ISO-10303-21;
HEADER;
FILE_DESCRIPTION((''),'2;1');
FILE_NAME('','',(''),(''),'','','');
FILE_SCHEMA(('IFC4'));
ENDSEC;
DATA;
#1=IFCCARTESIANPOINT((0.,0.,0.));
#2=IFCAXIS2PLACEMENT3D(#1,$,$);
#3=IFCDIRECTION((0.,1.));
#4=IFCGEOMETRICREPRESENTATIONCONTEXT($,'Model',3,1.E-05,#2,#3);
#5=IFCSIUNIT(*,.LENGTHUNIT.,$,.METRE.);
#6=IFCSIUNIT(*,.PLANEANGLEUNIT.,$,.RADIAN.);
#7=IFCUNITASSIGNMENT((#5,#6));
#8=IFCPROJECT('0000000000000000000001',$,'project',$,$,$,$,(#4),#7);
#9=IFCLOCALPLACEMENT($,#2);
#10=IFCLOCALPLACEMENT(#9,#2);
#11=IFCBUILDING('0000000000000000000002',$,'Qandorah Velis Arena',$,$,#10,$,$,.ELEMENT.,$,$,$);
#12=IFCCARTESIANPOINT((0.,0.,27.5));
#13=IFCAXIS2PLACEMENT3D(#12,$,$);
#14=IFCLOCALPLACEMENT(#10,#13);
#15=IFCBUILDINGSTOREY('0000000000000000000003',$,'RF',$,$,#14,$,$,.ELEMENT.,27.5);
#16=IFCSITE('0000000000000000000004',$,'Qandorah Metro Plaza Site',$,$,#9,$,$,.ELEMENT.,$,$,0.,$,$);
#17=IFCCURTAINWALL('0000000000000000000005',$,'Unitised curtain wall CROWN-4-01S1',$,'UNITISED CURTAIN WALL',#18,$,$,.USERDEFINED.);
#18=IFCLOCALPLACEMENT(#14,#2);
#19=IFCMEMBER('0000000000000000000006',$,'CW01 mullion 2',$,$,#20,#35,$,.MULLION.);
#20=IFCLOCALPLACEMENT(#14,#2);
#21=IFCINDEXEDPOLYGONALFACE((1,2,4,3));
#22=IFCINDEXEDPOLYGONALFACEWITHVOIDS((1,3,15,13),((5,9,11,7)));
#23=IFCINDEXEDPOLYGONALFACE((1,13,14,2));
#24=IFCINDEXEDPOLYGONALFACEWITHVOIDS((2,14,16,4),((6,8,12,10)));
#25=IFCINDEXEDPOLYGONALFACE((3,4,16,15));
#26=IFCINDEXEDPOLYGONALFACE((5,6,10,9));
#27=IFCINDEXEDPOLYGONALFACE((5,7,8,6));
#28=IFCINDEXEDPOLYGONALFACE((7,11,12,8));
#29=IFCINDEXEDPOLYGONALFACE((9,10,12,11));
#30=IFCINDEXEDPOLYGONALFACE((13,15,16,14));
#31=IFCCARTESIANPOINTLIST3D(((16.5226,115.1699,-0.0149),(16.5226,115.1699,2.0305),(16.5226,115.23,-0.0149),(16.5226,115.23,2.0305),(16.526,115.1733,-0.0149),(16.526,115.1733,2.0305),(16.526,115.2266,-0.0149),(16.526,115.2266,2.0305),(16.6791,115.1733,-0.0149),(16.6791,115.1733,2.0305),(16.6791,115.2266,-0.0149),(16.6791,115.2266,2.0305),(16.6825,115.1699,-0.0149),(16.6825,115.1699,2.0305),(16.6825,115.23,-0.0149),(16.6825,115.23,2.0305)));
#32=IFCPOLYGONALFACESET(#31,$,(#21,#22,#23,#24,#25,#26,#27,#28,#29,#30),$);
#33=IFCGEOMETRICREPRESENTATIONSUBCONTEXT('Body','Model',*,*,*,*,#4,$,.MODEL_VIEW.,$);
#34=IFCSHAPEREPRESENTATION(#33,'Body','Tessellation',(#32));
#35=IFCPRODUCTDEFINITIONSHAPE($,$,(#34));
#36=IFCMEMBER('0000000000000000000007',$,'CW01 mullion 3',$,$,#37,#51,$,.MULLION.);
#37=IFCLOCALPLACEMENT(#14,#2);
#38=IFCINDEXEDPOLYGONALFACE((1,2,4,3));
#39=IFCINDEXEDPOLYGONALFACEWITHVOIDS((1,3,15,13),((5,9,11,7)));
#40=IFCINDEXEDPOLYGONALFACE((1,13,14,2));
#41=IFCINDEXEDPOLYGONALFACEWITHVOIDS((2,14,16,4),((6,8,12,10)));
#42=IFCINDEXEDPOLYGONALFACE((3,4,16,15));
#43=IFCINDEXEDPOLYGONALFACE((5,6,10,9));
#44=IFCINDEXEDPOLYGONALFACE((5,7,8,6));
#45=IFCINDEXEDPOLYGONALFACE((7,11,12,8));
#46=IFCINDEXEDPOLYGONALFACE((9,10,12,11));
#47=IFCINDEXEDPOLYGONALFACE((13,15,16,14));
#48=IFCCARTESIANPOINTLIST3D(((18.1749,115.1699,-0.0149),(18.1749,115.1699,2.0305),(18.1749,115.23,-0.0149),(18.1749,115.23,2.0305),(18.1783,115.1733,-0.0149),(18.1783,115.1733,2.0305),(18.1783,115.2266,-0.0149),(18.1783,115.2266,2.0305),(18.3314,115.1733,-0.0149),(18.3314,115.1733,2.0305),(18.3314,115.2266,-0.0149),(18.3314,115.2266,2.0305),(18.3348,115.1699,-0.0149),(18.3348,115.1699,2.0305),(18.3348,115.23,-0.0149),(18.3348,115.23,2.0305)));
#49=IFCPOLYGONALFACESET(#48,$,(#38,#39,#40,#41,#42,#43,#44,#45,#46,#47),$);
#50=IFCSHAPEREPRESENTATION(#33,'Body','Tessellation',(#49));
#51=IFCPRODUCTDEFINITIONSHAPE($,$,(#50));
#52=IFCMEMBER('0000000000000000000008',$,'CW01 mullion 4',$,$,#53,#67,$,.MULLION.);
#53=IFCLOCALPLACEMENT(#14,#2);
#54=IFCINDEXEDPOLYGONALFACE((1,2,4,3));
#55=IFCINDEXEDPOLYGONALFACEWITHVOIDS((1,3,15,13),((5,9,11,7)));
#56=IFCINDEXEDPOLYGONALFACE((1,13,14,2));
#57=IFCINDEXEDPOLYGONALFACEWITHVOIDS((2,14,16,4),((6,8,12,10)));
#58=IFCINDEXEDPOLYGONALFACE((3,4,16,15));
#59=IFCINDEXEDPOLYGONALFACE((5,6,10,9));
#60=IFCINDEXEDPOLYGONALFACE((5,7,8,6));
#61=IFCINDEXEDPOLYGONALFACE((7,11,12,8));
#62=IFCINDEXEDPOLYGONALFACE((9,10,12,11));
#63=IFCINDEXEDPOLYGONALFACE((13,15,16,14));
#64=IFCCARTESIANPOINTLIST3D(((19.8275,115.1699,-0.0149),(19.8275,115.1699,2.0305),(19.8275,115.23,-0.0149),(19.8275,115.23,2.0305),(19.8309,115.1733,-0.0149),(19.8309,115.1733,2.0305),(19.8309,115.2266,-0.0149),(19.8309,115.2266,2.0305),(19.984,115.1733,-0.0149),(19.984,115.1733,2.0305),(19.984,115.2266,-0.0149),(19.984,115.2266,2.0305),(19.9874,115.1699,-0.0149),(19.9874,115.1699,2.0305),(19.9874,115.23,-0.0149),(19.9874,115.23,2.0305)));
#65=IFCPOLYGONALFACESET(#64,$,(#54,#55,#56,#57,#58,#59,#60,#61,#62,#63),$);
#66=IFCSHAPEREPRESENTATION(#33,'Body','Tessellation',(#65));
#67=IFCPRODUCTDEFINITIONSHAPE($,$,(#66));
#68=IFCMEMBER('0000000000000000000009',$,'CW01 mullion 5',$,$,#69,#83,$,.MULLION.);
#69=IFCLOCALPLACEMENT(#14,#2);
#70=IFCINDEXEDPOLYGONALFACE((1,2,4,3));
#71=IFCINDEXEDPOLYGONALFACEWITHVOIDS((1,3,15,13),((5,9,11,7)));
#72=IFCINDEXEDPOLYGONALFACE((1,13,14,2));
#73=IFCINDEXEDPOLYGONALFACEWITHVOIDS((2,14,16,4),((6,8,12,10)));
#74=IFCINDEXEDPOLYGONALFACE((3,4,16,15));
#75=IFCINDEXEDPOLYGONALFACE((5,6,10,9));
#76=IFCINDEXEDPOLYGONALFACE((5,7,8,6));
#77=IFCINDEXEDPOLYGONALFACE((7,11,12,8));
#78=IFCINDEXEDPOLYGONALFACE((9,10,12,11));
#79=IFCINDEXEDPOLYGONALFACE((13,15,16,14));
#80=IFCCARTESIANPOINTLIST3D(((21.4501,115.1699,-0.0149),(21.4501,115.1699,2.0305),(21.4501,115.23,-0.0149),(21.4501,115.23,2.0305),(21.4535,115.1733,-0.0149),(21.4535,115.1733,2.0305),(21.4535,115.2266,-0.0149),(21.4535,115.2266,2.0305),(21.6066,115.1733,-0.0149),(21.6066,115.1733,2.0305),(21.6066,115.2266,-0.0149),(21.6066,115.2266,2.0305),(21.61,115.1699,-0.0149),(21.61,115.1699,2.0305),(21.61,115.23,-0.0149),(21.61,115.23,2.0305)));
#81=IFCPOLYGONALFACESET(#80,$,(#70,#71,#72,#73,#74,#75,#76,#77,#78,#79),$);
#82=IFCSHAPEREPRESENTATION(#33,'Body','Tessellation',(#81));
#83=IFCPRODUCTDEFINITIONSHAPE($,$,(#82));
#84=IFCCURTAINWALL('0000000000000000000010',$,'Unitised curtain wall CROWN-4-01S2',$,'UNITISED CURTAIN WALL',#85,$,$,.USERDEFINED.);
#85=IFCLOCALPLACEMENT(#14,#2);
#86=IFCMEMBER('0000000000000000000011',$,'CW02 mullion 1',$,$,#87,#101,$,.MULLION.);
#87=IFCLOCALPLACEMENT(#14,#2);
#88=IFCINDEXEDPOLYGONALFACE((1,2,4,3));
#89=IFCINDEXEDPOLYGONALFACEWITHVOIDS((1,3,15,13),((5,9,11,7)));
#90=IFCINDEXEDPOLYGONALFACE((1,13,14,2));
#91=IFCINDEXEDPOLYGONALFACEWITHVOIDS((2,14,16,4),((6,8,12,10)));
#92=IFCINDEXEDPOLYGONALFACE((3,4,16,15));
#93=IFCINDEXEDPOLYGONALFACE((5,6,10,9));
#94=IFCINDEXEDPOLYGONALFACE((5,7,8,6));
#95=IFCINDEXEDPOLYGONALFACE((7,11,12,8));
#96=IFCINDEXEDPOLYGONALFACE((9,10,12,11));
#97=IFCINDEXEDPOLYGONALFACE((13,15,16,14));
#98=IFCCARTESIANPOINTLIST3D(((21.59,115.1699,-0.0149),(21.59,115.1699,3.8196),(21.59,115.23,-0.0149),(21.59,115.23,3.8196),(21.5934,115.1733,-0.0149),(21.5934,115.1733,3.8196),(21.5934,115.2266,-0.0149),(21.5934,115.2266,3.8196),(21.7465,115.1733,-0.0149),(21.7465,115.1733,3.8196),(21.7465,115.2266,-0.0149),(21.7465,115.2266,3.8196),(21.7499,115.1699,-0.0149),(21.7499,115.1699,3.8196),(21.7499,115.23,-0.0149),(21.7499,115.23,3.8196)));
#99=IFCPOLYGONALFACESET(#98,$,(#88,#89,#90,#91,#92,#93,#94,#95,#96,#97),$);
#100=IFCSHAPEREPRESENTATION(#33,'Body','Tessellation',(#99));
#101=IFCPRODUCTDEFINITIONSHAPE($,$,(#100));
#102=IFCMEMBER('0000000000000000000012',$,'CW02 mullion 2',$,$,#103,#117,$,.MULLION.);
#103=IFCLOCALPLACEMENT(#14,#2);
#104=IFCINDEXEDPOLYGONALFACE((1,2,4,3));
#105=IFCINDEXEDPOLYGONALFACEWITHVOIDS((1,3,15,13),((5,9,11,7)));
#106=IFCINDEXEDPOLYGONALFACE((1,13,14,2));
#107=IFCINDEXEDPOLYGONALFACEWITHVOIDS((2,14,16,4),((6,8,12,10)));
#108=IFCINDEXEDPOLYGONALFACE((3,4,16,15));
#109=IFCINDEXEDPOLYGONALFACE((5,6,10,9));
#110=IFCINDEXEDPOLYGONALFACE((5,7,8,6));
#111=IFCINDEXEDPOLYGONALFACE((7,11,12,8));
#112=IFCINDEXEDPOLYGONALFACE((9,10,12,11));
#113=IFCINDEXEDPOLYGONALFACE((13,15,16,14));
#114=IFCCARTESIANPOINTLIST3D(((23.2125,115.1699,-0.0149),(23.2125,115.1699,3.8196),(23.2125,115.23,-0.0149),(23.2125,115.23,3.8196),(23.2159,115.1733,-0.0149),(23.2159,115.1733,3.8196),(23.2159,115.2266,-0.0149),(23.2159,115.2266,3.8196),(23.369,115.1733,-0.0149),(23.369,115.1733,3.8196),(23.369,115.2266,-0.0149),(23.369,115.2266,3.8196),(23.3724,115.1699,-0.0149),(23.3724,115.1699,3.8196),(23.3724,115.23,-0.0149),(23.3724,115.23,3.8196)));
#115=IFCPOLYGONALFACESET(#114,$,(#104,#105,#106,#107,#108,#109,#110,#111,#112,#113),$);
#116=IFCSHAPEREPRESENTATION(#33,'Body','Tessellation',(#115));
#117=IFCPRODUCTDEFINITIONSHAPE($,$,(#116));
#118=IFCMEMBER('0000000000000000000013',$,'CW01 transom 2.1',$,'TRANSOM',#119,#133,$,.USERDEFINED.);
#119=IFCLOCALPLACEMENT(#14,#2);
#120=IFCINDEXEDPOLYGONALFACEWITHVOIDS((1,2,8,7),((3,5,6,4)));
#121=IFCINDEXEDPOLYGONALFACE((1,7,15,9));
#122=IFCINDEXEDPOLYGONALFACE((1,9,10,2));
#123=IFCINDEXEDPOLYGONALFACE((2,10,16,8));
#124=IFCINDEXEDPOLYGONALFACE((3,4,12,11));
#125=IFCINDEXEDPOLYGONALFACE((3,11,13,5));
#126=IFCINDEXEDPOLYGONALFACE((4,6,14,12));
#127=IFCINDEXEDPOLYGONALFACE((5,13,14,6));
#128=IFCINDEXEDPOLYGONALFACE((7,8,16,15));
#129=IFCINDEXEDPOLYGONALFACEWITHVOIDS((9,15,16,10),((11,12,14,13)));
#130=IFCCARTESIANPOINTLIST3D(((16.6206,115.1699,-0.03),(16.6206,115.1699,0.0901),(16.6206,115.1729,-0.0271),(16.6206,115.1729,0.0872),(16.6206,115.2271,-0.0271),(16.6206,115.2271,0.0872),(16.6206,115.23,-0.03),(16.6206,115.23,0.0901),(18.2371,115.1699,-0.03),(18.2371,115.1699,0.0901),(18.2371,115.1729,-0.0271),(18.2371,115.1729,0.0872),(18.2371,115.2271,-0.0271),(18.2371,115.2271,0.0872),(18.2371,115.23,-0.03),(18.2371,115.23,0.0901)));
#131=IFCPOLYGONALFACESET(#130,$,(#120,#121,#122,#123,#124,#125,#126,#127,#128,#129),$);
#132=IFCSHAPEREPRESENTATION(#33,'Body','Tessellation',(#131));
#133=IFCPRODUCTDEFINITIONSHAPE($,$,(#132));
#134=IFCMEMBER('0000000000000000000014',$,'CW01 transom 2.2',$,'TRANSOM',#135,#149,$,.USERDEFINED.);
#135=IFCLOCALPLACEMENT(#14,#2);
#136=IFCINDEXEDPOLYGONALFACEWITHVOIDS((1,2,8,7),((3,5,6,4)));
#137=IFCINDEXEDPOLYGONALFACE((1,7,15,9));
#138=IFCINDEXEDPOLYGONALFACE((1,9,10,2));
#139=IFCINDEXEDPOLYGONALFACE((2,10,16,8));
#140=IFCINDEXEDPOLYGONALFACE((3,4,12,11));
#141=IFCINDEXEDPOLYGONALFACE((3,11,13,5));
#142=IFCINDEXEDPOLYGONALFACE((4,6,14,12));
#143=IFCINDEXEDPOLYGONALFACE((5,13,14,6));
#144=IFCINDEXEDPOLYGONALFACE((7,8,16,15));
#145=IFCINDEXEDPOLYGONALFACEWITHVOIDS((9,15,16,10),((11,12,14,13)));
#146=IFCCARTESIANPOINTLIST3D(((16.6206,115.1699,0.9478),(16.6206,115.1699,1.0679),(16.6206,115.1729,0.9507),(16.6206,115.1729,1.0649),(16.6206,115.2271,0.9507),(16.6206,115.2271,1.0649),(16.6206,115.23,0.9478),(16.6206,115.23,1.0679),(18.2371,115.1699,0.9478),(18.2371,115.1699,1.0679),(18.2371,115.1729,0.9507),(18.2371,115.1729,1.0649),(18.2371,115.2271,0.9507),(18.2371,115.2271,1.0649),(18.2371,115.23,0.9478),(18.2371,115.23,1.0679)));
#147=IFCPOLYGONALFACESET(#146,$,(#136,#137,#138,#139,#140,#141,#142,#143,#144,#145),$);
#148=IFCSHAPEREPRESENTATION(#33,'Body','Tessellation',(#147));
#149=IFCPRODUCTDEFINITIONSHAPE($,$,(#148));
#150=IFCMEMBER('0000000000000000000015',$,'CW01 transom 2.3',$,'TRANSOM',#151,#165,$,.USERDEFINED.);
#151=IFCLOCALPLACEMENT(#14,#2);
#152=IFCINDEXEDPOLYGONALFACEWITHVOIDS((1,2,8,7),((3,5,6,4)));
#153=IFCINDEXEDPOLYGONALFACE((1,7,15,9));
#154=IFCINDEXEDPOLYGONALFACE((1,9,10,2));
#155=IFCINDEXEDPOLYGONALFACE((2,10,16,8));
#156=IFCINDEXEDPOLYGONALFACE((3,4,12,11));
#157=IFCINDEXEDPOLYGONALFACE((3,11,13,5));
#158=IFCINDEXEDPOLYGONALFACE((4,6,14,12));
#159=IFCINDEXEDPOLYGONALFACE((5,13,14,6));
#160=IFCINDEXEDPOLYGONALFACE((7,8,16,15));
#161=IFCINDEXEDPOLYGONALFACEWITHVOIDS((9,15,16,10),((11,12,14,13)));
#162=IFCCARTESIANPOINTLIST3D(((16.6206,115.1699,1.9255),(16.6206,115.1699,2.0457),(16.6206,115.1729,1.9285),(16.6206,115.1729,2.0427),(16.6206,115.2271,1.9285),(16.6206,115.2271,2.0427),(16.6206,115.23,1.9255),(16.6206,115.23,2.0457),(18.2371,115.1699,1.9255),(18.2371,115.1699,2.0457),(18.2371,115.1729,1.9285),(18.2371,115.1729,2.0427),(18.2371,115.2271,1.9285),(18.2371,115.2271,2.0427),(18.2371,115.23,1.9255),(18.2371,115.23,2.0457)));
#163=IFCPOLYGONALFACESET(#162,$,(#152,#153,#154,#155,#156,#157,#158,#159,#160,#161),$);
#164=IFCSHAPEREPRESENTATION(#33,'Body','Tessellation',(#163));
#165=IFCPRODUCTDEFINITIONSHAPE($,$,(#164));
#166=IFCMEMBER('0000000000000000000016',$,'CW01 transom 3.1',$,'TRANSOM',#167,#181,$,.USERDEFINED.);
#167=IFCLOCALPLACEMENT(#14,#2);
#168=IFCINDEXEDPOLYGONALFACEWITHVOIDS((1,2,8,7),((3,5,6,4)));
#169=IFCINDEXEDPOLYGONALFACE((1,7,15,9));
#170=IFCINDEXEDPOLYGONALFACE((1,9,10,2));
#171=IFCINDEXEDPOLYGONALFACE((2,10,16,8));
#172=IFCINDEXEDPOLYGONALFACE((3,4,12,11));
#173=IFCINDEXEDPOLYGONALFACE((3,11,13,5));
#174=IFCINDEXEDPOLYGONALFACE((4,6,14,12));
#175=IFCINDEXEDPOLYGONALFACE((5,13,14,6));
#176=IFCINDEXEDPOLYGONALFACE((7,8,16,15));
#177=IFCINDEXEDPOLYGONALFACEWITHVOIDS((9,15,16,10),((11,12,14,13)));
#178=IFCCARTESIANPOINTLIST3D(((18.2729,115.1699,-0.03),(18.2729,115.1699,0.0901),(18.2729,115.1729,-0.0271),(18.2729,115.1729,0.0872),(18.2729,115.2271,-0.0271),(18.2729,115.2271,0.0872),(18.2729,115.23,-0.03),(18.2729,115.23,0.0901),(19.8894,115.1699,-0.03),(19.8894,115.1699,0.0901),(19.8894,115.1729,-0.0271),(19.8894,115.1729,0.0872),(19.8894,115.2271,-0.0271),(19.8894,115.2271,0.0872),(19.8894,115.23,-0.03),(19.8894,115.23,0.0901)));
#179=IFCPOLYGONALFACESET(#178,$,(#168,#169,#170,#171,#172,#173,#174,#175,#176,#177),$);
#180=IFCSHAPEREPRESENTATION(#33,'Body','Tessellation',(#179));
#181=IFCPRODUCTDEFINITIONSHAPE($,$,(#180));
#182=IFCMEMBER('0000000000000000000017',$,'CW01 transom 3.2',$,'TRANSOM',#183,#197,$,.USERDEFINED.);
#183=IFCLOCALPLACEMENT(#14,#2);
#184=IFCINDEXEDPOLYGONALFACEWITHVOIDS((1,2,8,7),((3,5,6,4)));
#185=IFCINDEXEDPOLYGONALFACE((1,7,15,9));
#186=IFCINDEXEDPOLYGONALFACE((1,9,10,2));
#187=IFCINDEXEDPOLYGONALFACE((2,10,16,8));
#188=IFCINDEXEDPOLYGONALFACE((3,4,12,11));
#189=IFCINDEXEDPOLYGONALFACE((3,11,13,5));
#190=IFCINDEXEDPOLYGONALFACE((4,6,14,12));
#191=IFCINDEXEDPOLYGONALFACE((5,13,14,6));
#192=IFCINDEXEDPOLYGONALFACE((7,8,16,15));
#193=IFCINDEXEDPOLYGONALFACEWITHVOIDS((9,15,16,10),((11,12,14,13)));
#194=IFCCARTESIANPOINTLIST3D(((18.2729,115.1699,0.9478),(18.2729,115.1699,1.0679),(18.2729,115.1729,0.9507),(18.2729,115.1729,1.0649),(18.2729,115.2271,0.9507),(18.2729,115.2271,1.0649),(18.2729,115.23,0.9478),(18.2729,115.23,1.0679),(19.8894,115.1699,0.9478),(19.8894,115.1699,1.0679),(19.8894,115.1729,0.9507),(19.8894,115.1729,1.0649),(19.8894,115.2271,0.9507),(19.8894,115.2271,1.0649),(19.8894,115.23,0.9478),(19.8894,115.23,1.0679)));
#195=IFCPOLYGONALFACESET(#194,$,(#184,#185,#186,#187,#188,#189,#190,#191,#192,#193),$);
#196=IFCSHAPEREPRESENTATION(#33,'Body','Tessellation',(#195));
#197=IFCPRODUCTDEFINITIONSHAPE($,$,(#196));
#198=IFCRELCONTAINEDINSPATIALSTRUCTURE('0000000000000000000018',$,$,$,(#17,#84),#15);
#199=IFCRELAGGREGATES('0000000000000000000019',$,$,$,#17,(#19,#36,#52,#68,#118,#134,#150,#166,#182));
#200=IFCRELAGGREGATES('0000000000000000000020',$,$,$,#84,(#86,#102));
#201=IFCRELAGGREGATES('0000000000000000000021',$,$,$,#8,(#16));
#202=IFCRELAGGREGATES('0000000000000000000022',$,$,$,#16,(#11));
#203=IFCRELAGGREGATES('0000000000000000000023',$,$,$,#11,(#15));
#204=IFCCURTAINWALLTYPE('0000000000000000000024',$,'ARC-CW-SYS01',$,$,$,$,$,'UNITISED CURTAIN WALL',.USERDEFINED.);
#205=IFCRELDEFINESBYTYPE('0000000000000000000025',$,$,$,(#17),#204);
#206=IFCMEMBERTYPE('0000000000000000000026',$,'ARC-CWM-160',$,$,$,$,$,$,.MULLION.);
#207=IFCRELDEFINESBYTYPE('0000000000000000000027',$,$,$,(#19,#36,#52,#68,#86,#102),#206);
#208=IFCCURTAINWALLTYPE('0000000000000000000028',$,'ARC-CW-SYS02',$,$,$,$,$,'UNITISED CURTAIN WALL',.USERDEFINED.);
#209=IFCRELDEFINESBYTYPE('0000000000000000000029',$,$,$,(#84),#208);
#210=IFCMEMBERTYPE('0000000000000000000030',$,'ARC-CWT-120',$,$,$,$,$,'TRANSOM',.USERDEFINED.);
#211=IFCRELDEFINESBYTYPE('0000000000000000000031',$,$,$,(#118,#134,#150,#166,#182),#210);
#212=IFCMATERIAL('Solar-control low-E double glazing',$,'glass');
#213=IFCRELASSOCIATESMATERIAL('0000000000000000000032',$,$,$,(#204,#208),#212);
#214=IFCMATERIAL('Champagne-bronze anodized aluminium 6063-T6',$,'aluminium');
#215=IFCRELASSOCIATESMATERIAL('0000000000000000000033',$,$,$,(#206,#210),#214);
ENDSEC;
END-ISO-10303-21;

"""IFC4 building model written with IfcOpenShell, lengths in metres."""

from ifc_helpers import new_model, si_unit, direction, frame, origin, origin_2d, place, context, subcontext, project, spatial, hollow_rectangle, extrude, material, material_profile, profile_set, type_object, element, aggregate, save


model = new_model("IFC4")

# Units and contexts
model_context = context("Model", 3, precision=1e-05, world=origin(), true_north=direction((0.0, 1.0)))
body_context = subcontext(model_context, "Body", "Model", "MODEL_VIEW")
ifc_project = project(units=[si_unit("LENGTHUNIT", "METRE"), si_unit("PLANEANGLEUNIT", "RADIAN")], contexts=[model_context])

# Site, building, storey
site_placement = place(None, origin())
site = spatial("IfcSite", under=ifc_project, at=site_placement, Name="Qandorah Metro Plaza Site", CompositionType="ELEMENT", RefElevation=0.0)
building_placement = place(site_placement, origin())
building = spatial("IfcBuilding", under=site, at=building_placement, Name="Qandorah Velis Arena", CompositionType="ELEMENT")
storey_placement = place(building_placement, frame((0.0, 0.0, 27.5)))
storey = spatial("IfcBuildingStorey", under=building, at=storey_placement, Name="RF", CompositionType="ELEMENT", Elevation=27.5)

# Curtain walls, members
ifc_material_1 = material(Name="Solar-control low-E double glazing", Category="glass")
curtain_wall_type_1 = type_object("IfcCurtainWallType", Name="ARC-CW-SYS01", ElementType="UNITISED CURTAIN WALL", PredefinedType="USERDEFINED", material=ifc_material_1)
curtain_wall_1_placement = place(storey_placement, origin())
curtain_wall_1 = element("IfcCurtainWall", 1, at=curtain_wall_1_placement, inside=storey, type_object=curtain_wall_type_1, Name="Unitised curtain wall CROWN-4-01S1", ObjectType="UNITISED CURTAIN WALL", PredefinedType="USERDEFINED")
ifc_material_2 = material(Name="Champagne-bronze anodized aluminium 6063-T6", Category="aluminium")
ifc_material_profile_1 = material_profile(ifc_material_2, hollow_rectangle(XDim=0.0601, YDim=0.1599, WallThickness=0.0034, at=origin_2d()), Name="ALU MULLION 60x160")
ifc_profile_set_1 = profile_set([ifc_material_profile_1], Name="Champagne-bronze anodized aluminium 6063-T6")
member_type_1 = type_object("IfcMemberType", Name="ARC-CWM-160", PredefinedType="MULLION", material=ifc_profile_set_1)
member_1_placement = place(storey_placement, frame((16.6025, 115.2, -0.0149), z_axis=(0.0, 0.0, 1.0), x_axis=(0.0, 1.0, 0.0)))
member_1 = element("IfcMember", 2, at=member_1_placement, type_object=member_type_1, Name="CW01 mullion 2", PredefinedType="MULLION", context=body_context, shape_type="SweptSolid", body=[
    extrude(hollow_rectangle(XDim=0.0601, YDim=0.1599, WallThickness=0.0034, at=origin_2d()), origin(), (0.0, 0.0, 1.0), 2.0454),
])
member_2_placement = place(storey_placement, frame((18.2549, 115.2, -0.0149), z_axis=(0.0, 0.0, 1.0), x_axis=(0.0, 1.0, 0.0)))
member_2 = element("IfcMember", 3, at=member_2_placement, type_object=member_type_1, Name="CW01 mullion 3", PredefinedType="MULLION", context=body_context, shape_type="SweptSolid", body=[
    extrude(hollow_rectangle(XDim=0.0601, YDim=0.1599, WallThickness=0.0034, at=origin_2d()), origin(), (0.0, 0.0, 1.0), 2.0454),
])
member_3_placement = place(storey_placement, frame((19.9075, 115.2, -0.0149), z_axis=(0.0, 0.0, 1.0), x_axis=(0.0, 1.0, 0.0)))
member_3 = element("IfcMember", 4, at=member_3_placement, type_object=member_type_1, Name="CW01 mullion 4", PredefinedType="MULLION", context=body_context, shape_type="SweptSolid", body=[
    extrude(hollow_rectangle(XDim=0.0601, YDim=0.1599, WallThickness=0.0034, at=origin_2d()), origin(), (0.0, 0.0, 1.0), 2.0454),
])
member_4_placement = place(storey_placement, frame((21.53, 115.2, -0.0149), z_axis=(0.0, 0.0, 1.0), x_axis=(0.0, 1.0, 0.0)))
member_4 = element("IfcMember", 5, at=member_4_placement, type_object=member_type_1, Name="CW01 mullion 5", PredefinedType="MULLION", context=body_context, shape_type="SweptSolid", body=[
    extrude(hollow_rectangle(XDim=0.0601, YDim=0.1599, WallThickness=0.0034, at=origin_2d()), origin(), (0.0, 0.0, 1.0), 2.0454),
])
curtain_wall_type_2 = type_object("IfcCurtainWallType", Name="ARC-CW-SYS02", ElementType="UNITISED CURTAIN WALL", PredefinedType="USERDEFINED", material=ifc_material_1)
curtain_wall_2_placement = place(storey_placement, origin())
curtain_wall_2 = element("IfcCurtainWall", 6, at=curtain_wall_2_placement, inside=storey, type_object=curtain_wall_type_2, Name="Unitised curtain wall CROWN-4-01S2", ObjectType="UNITISED CURTAIN WALL", PredefinedType="USERDEFINED")
member_5_placement = place(storey_placement, frame((21.6699, 115.2, -0.0149), z_axis=(0.0, 0.0, 1.0), x_axis=(0.0, 1.0, 0.0)))
member_5 = element("IfcMember", 7, at=member_5_placement, type_object=member_type_1, Name="CW02 mullion 1", PredefinedType="MULLION", context=body_context, shape_type="SweptSolid", body=[
    extrude(hollow_rectangle(XDim=0.0601, YDim=0.1599, WallThickness=0.0034, at=origin_2d()), origin(), (0.0, 0.0, 1.0), 3.8345),
])
member_6_placement = place(storey_placement, frame((23.2925, 115.2, -0.0149), z_axis=(0.0, 0.0, 1.0), x_axis=(0.0, 1.0, 0.0)))
member_6 = element("IfcMember", 8, at=member_6_placement, type_object=member_type_1, Name="CW02 mullion 2", PredefinedType="MULLION", context=body_context, shape_type="SweptSolid", body=[
    extrude(hollow_rectangle(XDim=0.0601, YDim=0.1599, WallThickness=0.0034, at=origin_2d()), origin(), (0.0, 0.0, 1.0), 3.8345),
])

# Members
ifc_material_profile_2 = material_profile(ifc_material_2, hollow_rectangle(XDim=0.0601, YDim=0.1201, WallThickness=0.0029, at=origin_2d()), Name="ALU TRANSOM 60x120")
ifc_profile_set_2 = profile_set([ifc_material_profile_2], Name="Champagne-bronze anodized aluminium 6063-T6")
member_type_2 = type_object("IfcMemberType", Name="ARC-CWT-120", ElementType="TRANSOM", PredefinedType="USERDEFINED", material=ifc_profile_set_2)
member_7_placement = place(storey_placement, frame((16.6206, 115.2, 0.03), z_axis=(1.0, 0.0, 0.0), x_axis=(0.0, 1.0, 0.0)))
member_7 = element("IfcMember", 9, at=member_7_placement, type_object=member_type_2, Name="CW01 transom 2.1", ObjectType="TRANSOM", PredefinedType="USERDEFINED", context=body_context, shape_type="SweptSolid", body=[
    extrude(hollow_rectangle(XDim=0.0601, YDim=0.1201, WallThickness=0.0029, at=origin_2d()), origin(), (0.0, 0.0, 1.0), 1.6165),
])
member_8_placement = place(storey_placement, frame((16.6206, 115.2, 1.0078), z_axis=(1.0, 0.0, 0.0), x_axis=(0.0, 1.0, 0.0)))
member_8 = element("IfcMember", 10, at=member_8_placement, type_object=member_type_2, Name="CW01 transom 2.2", ObjectType="TRANSOM", PredefinedType="USERDEFINED", context=body_context, shape_type="SweptSolid", body=[
    extrude(hollow_rectangle(XDim=0.0601, YDim=0.1201, WallThickness=0.0029, at=origin_2d()), origin(), (0.0, 0.0, 1.0), 1.6165),
])
member_9_placement = place(storey_placement, frame((16.6206, 115.2, 1.9856), z_axis=(1.0, 0.0, 0.0), x_axis=(0.0, 1.0, 0.0)))
member_9 = element("IfcMember", 11, at=member_9_placement, type_object=member_type_2, Name="CW01 transom 2.3", ObjectType="TRANSOM", PredefinedType="USERDEFINED", context=body_context, shape_type="SweptSolid", body=[
    extrude(hollow_rectangle(XDim=0.0601, YDim=0.1201, WallThickness=0.0029, at=origin_2d()), origin(), (0.0, 0.0, 1.0), 1.6165),
])
member_10_placement = place(storey_placement, frame((18.2729, 115.2, 0.03), z_axis=(1.0, 0.0, 0.0), x_axis=(0.0, 1.0, 0.0)))
member_10 = element("IfcMember", 12, at=member_10_placement, type_object=member_type_2, Name="CW01 transom 3.1", ObjectType="TRANSOM", PredefinedType="USERDEFINED", context=body_context, shape_type="SweptSolid", body=[
    extrude(hollow_rectangle(XDim=0.0601, YDim=0.1201, WallThickness=0.0029, at=origin_2d()), origin(), (0.0, 0.0, 1.0), 1.6165),
])
member_11_placement = place(storey_placement, frame((18.2729, 115.2, 1.0078), z_axis=(1.0, 0.0, 0.0), x_axis=(0.0, 1.0, 0.0)))
member_11 = element("IfcMember", 13, at=member_11_placement, type_object=member_type_2, Name="CW01 transom 3.2", ObjectType="TRANSOM", PredefinedType="USERDEFINED", context=body_context, shape_type="SweptSolid", body=[
    extrude(hollow_rectangle(XDim=0.0601, YDim=0.1201, WallThickness=0.0029, at=origin_2d()), origin(), (0.0, 0.0, 1.0), 1.6165),
])

aggregate(curtain_wall_1, [member_1, member_2, member_3, member_4, member_7, member_8, member_9, member_10, member_11])
aggregate(curtain_wall_2, [member_5, member_6])

save(model, "model.ifc")
